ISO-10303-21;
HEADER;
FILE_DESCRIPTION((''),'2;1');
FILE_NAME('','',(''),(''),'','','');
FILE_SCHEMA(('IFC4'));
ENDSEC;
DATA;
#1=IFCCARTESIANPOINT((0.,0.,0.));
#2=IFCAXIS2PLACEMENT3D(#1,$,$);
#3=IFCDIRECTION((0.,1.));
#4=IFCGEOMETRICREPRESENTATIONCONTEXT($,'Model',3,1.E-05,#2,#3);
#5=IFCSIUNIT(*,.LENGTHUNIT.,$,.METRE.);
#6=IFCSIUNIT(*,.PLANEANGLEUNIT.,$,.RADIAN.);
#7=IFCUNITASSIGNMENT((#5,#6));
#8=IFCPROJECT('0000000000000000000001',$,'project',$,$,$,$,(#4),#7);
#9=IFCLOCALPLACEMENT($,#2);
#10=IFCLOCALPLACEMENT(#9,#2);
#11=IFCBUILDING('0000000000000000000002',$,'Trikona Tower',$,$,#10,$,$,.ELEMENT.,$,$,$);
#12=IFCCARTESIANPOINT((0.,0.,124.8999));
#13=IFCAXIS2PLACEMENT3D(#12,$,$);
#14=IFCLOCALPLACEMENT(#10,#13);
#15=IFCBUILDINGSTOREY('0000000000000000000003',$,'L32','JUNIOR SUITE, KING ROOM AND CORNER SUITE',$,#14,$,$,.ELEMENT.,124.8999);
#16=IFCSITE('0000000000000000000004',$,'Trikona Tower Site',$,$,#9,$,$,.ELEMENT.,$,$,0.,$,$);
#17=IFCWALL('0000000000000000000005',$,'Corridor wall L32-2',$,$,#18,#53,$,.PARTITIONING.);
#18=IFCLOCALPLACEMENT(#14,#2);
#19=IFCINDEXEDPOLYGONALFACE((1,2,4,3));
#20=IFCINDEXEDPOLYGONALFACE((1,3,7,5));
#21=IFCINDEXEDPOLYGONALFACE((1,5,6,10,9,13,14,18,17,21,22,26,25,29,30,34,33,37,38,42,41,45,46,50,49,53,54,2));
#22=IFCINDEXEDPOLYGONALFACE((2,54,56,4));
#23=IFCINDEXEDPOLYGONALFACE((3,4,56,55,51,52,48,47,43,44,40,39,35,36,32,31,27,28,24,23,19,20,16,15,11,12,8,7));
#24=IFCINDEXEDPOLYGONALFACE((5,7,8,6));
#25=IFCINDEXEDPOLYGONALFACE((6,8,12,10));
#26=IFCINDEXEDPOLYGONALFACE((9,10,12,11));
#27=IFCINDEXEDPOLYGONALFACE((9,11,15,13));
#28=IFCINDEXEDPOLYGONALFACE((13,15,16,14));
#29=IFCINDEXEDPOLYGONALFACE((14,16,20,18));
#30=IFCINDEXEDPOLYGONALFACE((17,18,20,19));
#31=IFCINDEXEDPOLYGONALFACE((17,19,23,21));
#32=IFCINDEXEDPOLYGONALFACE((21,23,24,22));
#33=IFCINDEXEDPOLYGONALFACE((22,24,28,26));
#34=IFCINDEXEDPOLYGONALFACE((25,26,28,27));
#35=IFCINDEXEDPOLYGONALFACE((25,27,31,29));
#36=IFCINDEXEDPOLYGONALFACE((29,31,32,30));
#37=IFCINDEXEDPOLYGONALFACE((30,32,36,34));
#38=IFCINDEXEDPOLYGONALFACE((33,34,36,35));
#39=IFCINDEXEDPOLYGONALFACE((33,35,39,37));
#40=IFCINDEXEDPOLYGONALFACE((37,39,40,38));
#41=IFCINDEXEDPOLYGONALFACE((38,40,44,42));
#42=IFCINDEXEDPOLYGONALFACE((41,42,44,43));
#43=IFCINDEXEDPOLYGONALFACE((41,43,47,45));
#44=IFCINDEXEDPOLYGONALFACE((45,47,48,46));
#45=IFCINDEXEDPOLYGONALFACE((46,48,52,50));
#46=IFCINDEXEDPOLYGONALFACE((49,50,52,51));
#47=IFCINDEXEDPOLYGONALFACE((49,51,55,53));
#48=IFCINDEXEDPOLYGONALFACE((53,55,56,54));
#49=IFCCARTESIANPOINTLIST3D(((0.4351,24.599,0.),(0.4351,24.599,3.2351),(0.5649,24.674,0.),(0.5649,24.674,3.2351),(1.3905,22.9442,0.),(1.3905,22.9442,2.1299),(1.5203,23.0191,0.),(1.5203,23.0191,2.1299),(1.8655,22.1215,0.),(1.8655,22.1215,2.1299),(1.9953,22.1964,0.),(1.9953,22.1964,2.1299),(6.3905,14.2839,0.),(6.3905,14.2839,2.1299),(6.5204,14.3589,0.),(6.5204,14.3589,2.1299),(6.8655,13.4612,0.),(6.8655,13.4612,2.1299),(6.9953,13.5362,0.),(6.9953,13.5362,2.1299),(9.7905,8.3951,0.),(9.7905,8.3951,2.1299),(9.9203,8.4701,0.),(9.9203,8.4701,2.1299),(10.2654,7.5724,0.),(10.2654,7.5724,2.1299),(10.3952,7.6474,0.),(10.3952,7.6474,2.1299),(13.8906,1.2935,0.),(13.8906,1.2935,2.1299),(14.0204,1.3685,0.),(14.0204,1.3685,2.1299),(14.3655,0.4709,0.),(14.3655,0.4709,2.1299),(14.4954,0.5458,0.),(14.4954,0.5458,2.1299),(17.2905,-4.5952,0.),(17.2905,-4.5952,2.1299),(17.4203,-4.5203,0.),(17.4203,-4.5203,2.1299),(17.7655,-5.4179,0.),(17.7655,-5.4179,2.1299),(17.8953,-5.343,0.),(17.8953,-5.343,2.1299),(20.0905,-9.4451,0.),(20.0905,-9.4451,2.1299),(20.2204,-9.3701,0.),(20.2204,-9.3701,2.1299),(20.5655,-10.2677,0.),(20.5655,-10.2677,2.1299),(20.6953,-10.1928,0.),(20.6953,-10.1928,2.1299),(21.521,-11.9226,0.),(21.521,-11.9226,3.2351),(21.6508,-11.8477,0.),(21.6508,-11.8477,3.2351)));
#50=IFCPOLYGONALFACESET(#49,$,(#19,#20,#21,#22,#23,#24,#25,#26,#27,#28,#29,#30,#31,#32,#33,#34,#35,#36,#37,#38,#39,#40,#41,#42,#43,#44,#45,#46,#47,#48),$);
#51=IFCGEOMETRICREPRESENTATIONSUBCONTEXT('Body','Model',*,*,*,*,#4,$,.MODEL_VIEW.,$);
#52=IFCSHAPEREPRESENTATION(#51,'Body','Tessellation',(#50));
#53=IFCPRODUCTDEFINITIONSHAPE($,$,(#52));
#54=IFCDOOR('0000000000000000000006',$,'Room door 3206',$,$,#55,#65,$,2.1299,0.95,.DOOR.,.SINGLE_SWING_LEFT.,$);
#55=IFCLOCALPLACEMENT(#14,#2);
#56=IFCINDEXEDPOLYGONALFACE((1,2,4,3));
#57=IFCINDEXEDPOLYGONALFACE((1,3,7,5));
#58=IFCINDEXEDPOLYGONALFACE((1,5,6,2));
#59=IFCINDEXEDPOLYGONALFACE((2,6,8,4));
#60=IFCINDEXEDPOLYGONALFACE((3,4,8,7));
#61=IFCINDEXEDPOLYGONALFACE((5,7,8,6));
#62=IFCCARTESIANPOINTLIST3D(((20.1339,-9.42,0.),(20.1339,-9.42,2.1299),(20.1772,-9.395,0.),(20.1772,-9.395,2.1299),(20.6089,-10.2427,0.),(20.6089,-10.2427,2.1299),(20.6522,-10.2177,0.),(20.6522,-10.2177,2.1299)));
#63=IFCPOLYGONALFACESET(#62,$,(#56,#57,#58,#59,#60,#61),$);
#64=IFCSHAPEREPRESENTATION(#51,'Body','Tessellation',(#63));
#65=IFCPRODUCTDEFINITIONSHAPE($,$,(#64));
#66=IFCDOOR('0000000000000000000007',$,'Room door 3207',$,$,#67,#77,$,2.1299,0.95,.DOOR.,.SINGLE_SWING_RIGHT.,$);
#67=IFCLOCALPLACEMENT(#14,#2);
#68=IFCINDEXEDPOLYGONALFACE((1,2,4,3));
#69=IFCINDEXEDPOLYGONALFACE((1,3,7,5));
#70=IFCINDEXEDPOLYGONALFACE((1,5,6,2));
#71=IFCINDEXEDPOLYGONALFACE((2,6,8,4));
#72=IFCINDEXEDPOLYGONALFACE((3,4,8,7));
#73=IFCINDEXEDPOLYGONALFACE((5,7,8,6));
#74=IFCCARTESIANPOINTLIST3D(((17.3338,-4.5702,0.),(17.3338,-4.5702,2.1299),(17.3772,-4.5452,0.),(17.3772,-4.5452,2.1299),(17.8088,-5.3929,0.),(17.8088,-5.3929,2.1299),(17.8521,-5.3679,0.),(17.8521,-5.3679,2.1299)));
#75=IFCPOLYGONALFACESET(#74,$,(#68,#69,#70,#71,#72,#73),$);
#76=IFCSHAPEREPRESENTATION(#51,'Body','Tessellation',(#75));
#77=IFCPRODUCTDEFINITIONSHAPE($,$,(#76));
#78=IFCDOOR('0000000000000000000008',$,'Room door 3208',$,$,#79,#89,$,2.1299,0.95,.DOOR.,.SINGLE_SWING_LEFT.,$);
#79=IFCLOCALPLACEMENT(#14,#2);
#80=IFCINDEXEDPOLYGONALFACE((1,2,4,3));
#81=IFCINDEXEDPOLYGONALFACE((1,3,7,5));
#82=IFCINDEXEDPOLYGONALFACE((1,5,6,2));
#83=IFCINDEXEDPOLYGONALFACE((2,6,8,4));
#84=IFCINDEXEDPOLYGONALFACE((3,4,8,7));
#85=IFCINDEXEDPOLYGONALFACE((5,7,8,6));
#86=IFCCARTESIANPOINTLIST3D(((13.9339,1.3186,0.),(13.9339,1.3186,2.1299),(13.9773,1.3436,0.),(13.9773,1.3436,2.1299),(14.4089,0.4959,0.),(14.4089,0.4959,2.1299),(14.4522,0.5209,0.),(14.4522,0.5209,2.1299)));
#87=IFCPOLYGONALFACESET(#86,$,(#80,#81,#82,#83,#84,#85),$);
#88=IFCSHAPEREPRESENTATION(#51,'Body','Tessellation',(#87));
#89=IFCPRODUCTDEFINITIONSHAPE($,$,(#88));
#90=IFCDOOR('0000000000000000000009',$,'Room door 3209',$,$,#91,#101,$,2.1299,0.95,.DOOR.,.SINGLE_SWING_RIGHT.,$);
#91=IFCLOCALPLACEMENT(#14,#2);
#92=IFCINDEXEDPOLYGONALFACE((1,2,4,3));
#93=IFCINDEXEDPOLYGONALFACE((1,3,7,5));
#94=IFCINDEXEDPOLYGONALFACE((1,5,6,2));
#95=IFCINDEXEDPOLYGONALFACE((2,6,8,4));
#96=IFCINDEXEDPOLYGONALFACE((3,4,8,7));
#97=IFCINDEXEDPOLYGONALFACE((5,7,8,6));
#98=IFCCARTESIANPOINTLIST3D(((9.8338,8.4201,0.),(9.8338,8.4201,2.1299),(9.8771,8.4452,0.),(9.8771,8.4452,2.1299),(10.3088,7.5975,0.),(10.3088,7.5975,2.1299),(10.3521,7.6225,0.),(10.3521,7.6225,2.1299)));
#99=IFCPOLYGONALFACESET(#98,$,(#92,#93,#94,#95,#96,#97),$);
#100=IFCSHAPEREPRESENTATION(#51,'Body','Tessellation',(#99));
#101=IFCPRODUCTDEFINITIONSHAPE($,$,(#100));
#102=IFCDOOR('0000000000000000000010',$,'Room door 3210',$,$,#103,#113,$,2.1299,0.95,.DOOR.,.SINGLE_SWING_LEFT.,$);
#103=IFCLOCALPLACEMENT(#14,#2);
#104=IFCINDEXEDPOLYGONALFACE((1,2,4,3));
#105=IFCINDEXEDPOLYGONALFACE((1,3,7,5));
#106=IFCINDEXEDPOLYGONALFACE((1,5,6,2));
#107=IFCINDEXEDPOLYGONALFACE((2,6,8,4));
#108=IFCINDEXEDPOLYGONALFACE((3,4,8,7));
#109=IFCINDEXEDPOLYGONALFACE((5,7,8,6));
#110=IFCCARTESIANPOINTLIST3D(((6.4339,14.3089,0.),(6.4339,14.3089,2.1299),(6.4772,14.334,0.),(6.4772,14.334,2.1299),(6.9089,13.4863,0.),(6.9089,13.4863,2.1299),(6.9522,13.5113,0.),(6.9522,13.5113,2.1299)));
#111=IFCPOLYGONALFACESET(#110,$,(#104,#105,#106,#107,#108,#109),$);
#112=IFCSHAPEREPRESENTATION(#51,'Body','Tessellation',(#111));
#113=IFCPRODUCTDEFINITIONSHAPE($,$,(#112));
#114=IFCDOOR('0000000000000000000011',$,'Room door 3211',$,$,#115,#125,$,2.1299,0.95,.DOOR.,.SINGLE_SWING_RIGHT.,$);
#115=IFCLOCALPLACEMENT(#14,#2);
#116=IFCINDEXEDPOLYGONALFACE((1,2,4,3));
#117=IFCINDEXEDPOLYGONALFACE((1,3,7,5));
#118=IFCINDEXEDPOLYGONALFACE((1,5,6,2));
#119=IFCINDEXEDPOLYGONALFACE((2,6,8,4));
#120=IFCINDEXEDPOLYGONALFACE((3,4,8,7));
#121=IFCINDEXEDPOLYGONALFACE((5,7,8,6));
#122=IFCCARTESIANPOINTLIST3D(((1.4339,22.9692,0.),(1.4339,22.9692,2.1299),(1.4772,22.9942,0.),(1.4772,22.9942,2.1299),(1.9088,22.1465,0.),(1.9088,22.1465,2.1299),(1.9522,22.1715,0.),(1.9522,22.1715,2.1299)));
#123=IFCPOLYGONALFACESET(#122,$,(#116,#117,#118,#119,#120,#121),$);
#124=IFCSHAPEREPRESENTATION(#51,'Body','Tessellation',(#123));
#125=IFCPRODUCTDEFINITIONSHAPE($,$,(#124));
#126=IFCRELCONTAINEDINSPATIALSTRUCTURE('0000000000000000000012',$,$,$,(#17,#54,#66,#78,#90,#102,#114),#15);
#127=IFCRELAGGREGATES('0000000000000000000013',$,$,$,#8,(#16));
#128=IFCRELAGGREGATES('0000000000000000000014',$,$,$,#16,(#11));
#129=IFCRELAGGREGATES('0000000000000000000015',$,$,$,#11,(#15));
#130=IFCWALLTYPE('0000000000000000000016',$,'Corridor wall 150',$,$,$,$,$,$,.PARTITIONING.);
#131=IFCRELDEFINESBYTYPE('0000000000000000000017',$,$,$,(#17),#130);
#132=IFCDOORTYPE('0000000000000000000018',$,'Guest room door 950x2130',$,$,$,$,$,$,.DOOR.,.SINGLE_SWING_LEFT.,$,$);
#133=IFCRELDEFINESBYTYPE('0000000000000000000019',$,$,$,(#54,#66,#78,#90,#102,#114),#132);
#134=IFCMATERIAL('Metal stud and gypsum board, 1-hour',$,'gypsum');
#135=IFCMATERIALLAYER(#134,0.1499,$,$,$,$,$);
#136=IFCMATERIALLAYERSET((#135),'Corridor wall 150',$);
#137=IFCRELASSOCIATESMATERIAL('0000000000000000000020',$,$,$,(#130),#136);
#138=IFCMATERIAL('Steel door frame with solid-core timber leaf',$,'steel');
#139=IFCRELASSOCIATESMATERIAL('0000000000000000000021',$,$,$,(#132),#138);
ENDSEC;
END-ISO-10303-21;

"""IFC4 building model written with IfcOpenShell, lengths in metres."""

from ifc_helpers import new_model, si_unit, direction, frame, frame_2d, origin, place, context, subcontext, project, spatial, rectangle, extrude, material, layer, layer_set, type_object, element, fill, save


model = new_model("IFC4")

# Units and contexts
model_context = context("Model", 3, precision=1e-05, world=origin(), true_north=direction((0.0, 1.0)))
body_context = subcontext(model_context, "Body", "Model", "MODEL_VIEW")
ifc_project = project(units=[si_unit("LENGTHUNIT", "METRE"), si_unit("PLANEANGLEUNIT", "RADIAN")], contexts=[model_context])

# Site, building, storey
site_placement = place(None, origin())
site = spatial("IfcSite", under=ifc_project, at=site_placement, Name="Trikona Tower Site", CompositionType="ELEMENT", RefElevation=0.0)
building_placement = place(site_placement, origin())
building = spatial("IfcBuilding", under=site, at=building_placement, Name="Trikona Tower", CompositionType="ELEMENT")
storey_placement = place(building_placement, frame((0.0, 0.0, 124.8999)))
storey = spatial("IfcBuildingStorey", under=building, at=storey_placement, Name="L32", Description="JUNIOR SUITE, KING ROOM AND CORNER SUITE", CompositionType="ELEMENT", Elevation=124.8999)

# Wall, openings, doors
ifc_material_1 = material(Name="Metal stud and gypsum board, 1-hour", Category="gypsum")
ifc_layer_1 = layer(ifc_material_1, 0.1499)
ifc_layer_set_1 = layer_set([ifc_layer_1], Name="Corridor wall 150")
wall_type_1 = type_object("IfcWallType", Name="Corridor wall 150", PredefinedType="PARTITIONING", material=ifc_layer_set_1)
wall_1_placement = place(storey_placement, frame((21.5859, -11.8853, 0.0), z_axis=(0.0, 0.0, 1.0), x_axis=(-0.500002, 0.866024, 0.0)))
wall_1 = element("IfcWall", 1, at=wall_1_placement, inside=storey, type_object=wall_type_1, Name="Corridor wall L32-2", PredefinedType="PARTITIONING", context=body_context, shape_type="SweptSolid", body=[
    extrude(rectangle(XDim=42.1716, YDim=0.1499, at=frame_2d((21.0859, 0.0))), origin(), (0.0, 0.0, 1.0), 3.2351),
])
opening_1_placement = place(wall_1_placement, frame((1.9109, 0.0, 0.0)))
opening_1 = element("IfcOpeningElement", 2, at=opening_1_placement, cuts=wall_1, PredefinedType="OPENING", context=body_context, shape_type="SweptSolid", body=[
    extrude(rectangle(XDim=0.95, YDim=2.1299, at=frame_2d((0.4751, 1.0649))), frame((0.0, 0.085, 0.0), z_axis=(0.0, -1.0, 0.0), x_axis=(1.0, 0.0, 0.0)), (0.0, 0.0, 1.0), 0.1699),
])
opening_2_placement = place(wall_1_placement, frame((7.511, 0.0, 0.0)))
opening_2 = element("IfcOpeningElement", 3, at=opening_2_placement, cuts=wall_1, PredefinedType="OPENING", context=body_context, shape_type="SweptSolid", body=[
    extrude(rectangle(XDim=0.95, YDim=2.1299, at=frame_2d((0.4751, 1.0649))), frame((0.0, 0.085, 0.0), z_axis=(0.0, -1.0, 0.0), x_axis=(1.0, 0.0, 0.0)), (0.0, 0.0, 1.0), 0.1699),
])
opening_3_placement = place(wall_1_placement, frame((14.3108, 0.0, 0.0)))
opening_3 = element("IfcOpeningElement", 4, at=opening_3_placement, cuts=wall_1, PredefinedType="OPENING", context=body_context, shape_type="SweptSolid", body=[
    extrude(rectangle(XDim=0.95, YDim=2.1299, at=frame_2d((0.4751, 1.0649))), frame((0.0, 0.085, 0.0), z_axis=(0.0, -1.0, 0.0), x_axis=(1.0, 0.0, 0.0)), (0.0, 0.0, 1.0), 0.1699),
])
opening_4_placement = place(wall_1_placement, frame((22.511, 0.0, 0.0)))
opening_4 = element("IfcOpeningElement", 5, at=opening_4_placement, cuts=wall_1, PredefinedType="OPENING", context=body_context, shape_type="SweptSolid", body=[
    extrude(rectangle(XDim=0.95, YDim=2.1299, at=frame_2d((0.4751, 1.0649))), frame((0.0, 0.085, 0.0), z_axis=(0.0, -1.0, 0.0), x_axis=(1.0, 0.0, 0.0)), (0.0, 0.0, 1.0), 0.1699),
])
opening_5_placement = place(wall_1_placement, frame((29.3108, 0.0, 0.0)))
opening_5 = element("IfcOpeningElement", 6, at=opening_5_placement, cuts=wall_1, PredefinedType="OPENING", context=body_context, shape_type="SweptSolid", body=[
    extrude(rectangle(XDim=0.95, YDim=2.1299, at=frame_2d((0.4751, 1.0649))), frame((0.0, 0.085, 0.0), z_axis=(0.0, -1.0, 0.0), x_axis=(1.0, 0.0, 0.0)), (0.0, 0.0, 1.0), 0.1699),
])
opening_6_placement = place(wall_1_placement, frame((39.3108, 0.0, 0.0)))
opening_6 = element("IfcOpeningElement", 7, at=opening_6_placement, cuts=wall_1, PredefinedType="OPENING", context=body_context, shape_type="SweptSolid", body=[
    extrude(rectangle(XDim=0.95, YDim=2.1299, at=frame_2d((0.4751, 1.0649))), frame((0.0, 0.085, 0.0), z_axis=(0.0, -1.0, 0.0), x_axis=(1.0, 0.0, 0.0)), (0.0, 0.0, 1.0), 0.1699),
])
ifc_material_2 = material(Name="Steel door frame with solid-core timber leaf", Category="steel")
door_type = type_object("IfcDoorType", Name="Guest room door 950x2130", OperationType="SINGLE_SWING_LEFT", PredefinedType="DOOR", material=ifc_material_2)
door_1_placement = place(opening_1_placement, origin())
door_1 = element("IfcDoor", 8, at=door_1_placement, inside=storey, type_object=door_type, Name="Room door 3206", OperationType="SINGLE_SWING_LEFT", OverallHeight=2.1299, OverallWidth=0.95, PredefinedType="DOOR", context=body_context, shape_type="SweptSolid", body=[
    extrude(rectangle(XDim=0.95, YDim=2.1299, at=frame_2d((0.4751, 1.0649))), frame((0.0, 0.0249, 0.0), z_axis=(0.0, -1.0, 0.0), x_axis=(1.0, 0.0, 0.0)), (0.0, 0.0, 1.0), 0.05),
])
fill(opening_1, door_1)
door_2_placement = place(opening_2_placement, origin())
door_2 = element("IfcDoor", 9, at=door_2_placement, inside=storey, type_object=door_type, Name="Room door 3207", OperationType="SINGLE_SWING_RIGHT", OverallHeight=2.1299, OverallWidth=0.95, PredefinedType="DOOR", context=body_context, shape_type="SweptSolid", body=[
    extrude(rectangle(XDim=0.95, YDim=2.1299, at=frame_2d((0.4751, 1.0649))), frame((0.0, 0.0249, 0.0), z_axis=(0.0, -1.0, 0.0), x_axis=(1.0, 0.0, 0.0)), (0.0, 0.0, 1.0), 0.05),
])
fill(opening_2, door_2)
door_3_placement = place(opening_3_placement, origin())
door_3 = element("IfcDoor", 10, at=door_3_placement, inside=storey, type_object=door_type, Name="Room door 3208", OperationType="SINGLE_SWING_LEFT", OverallHeight=2.1299, OverallWidth=0.95, PredefinedType="DOOR", context=body_context, shape_type="SweptSolid", body=[
    extrude(rectangle(XDim=0.95, YDim=2.1299, at=frame_2d((0.4751, 1.0649))), frame((0.0, 0.0249, 0.0), z_axis=(0.0, -1.0, 0.0), x_axis=(1.0, 0.0, 0.0)), (0.0, 0.0, 1.0), 0.05),
])
fill(opening_3, door_3)
door_4_placement = place(opening_4_placement, origin())
door_4 = element("IfcDoor", 11, at=door_4_placement, inside=storey, type_object=door_type, Name="Room door 3209", OperationType="SINGLE_SWING_RIGHT", OverallHeight=2.1299, OverallWidth=0.95, PredefinedType="DOOR", context=body_context, shape_type="SweptSolid", body=[
    extrude(rectangle(XDim=0.95, YDim=2.1299, at=frame_2d((0.4751, 1.0649))), frame((0.0, 0.0249, 0.0), z_axis=(0.0, -1.0, 0.0), x_axis=(1.0, 0.0, 0.0)), (0.0, 0.0, 1.0), 0.05),
])
fill(opening_4, door_4)
door_5_placement = place(opening_5_placement, origin())
door_5 = element("IfcDoor", 12, at=door_5_placement, inside=storey, type_object=door_type, Name="Room door 3210", OperationType="SINGLE_SWING_LEFT", OverallHeight=2.1299, OverallWidth=0.95, PredefinedType="DOOR", context=body_context, shape_type="SweptSolid", body=[
    extrude(rectangle(XDim=0.95, YDim=2.1299, at=frame_2d((0.4751, 1.0649))), frame((0.0, 0.0249, 0.0), z_axis=(0.0, -1.0, 0.0), x_axis=(1.0, 0.0, 0.0)), (0.0, 0.0, 1.0), 0.05),
])
fill(opening_5, door_5)
door_6_placement = place(opening_6_placement, origin())
door_6 = element("IfcDoor", 13, at=door_6_placement, inside=storey, type_object=door_type, Name="Room door 3211", OperationType="SINGLE_SWING_RIGHT", OverallHeight=2.1299, OverallWidth=0.95, PredefinedType="DOOR", context=body_context, shape_type="SweptSolid", body=[
    extrude(rectangle(XDim=0.95, YDim=2.1299, at=frame_2d((0.4751, 1.0649))), frame((0.0, 0.0249, 0.0), z_axis=(0.0, -1.0, 0.0), x_axis=(1.0, 0.0, 0.0)), (0.0, 0.0, 1.0), 0.05),
])
fill(opening_6, door_6)

save(model, "model.ifc")
